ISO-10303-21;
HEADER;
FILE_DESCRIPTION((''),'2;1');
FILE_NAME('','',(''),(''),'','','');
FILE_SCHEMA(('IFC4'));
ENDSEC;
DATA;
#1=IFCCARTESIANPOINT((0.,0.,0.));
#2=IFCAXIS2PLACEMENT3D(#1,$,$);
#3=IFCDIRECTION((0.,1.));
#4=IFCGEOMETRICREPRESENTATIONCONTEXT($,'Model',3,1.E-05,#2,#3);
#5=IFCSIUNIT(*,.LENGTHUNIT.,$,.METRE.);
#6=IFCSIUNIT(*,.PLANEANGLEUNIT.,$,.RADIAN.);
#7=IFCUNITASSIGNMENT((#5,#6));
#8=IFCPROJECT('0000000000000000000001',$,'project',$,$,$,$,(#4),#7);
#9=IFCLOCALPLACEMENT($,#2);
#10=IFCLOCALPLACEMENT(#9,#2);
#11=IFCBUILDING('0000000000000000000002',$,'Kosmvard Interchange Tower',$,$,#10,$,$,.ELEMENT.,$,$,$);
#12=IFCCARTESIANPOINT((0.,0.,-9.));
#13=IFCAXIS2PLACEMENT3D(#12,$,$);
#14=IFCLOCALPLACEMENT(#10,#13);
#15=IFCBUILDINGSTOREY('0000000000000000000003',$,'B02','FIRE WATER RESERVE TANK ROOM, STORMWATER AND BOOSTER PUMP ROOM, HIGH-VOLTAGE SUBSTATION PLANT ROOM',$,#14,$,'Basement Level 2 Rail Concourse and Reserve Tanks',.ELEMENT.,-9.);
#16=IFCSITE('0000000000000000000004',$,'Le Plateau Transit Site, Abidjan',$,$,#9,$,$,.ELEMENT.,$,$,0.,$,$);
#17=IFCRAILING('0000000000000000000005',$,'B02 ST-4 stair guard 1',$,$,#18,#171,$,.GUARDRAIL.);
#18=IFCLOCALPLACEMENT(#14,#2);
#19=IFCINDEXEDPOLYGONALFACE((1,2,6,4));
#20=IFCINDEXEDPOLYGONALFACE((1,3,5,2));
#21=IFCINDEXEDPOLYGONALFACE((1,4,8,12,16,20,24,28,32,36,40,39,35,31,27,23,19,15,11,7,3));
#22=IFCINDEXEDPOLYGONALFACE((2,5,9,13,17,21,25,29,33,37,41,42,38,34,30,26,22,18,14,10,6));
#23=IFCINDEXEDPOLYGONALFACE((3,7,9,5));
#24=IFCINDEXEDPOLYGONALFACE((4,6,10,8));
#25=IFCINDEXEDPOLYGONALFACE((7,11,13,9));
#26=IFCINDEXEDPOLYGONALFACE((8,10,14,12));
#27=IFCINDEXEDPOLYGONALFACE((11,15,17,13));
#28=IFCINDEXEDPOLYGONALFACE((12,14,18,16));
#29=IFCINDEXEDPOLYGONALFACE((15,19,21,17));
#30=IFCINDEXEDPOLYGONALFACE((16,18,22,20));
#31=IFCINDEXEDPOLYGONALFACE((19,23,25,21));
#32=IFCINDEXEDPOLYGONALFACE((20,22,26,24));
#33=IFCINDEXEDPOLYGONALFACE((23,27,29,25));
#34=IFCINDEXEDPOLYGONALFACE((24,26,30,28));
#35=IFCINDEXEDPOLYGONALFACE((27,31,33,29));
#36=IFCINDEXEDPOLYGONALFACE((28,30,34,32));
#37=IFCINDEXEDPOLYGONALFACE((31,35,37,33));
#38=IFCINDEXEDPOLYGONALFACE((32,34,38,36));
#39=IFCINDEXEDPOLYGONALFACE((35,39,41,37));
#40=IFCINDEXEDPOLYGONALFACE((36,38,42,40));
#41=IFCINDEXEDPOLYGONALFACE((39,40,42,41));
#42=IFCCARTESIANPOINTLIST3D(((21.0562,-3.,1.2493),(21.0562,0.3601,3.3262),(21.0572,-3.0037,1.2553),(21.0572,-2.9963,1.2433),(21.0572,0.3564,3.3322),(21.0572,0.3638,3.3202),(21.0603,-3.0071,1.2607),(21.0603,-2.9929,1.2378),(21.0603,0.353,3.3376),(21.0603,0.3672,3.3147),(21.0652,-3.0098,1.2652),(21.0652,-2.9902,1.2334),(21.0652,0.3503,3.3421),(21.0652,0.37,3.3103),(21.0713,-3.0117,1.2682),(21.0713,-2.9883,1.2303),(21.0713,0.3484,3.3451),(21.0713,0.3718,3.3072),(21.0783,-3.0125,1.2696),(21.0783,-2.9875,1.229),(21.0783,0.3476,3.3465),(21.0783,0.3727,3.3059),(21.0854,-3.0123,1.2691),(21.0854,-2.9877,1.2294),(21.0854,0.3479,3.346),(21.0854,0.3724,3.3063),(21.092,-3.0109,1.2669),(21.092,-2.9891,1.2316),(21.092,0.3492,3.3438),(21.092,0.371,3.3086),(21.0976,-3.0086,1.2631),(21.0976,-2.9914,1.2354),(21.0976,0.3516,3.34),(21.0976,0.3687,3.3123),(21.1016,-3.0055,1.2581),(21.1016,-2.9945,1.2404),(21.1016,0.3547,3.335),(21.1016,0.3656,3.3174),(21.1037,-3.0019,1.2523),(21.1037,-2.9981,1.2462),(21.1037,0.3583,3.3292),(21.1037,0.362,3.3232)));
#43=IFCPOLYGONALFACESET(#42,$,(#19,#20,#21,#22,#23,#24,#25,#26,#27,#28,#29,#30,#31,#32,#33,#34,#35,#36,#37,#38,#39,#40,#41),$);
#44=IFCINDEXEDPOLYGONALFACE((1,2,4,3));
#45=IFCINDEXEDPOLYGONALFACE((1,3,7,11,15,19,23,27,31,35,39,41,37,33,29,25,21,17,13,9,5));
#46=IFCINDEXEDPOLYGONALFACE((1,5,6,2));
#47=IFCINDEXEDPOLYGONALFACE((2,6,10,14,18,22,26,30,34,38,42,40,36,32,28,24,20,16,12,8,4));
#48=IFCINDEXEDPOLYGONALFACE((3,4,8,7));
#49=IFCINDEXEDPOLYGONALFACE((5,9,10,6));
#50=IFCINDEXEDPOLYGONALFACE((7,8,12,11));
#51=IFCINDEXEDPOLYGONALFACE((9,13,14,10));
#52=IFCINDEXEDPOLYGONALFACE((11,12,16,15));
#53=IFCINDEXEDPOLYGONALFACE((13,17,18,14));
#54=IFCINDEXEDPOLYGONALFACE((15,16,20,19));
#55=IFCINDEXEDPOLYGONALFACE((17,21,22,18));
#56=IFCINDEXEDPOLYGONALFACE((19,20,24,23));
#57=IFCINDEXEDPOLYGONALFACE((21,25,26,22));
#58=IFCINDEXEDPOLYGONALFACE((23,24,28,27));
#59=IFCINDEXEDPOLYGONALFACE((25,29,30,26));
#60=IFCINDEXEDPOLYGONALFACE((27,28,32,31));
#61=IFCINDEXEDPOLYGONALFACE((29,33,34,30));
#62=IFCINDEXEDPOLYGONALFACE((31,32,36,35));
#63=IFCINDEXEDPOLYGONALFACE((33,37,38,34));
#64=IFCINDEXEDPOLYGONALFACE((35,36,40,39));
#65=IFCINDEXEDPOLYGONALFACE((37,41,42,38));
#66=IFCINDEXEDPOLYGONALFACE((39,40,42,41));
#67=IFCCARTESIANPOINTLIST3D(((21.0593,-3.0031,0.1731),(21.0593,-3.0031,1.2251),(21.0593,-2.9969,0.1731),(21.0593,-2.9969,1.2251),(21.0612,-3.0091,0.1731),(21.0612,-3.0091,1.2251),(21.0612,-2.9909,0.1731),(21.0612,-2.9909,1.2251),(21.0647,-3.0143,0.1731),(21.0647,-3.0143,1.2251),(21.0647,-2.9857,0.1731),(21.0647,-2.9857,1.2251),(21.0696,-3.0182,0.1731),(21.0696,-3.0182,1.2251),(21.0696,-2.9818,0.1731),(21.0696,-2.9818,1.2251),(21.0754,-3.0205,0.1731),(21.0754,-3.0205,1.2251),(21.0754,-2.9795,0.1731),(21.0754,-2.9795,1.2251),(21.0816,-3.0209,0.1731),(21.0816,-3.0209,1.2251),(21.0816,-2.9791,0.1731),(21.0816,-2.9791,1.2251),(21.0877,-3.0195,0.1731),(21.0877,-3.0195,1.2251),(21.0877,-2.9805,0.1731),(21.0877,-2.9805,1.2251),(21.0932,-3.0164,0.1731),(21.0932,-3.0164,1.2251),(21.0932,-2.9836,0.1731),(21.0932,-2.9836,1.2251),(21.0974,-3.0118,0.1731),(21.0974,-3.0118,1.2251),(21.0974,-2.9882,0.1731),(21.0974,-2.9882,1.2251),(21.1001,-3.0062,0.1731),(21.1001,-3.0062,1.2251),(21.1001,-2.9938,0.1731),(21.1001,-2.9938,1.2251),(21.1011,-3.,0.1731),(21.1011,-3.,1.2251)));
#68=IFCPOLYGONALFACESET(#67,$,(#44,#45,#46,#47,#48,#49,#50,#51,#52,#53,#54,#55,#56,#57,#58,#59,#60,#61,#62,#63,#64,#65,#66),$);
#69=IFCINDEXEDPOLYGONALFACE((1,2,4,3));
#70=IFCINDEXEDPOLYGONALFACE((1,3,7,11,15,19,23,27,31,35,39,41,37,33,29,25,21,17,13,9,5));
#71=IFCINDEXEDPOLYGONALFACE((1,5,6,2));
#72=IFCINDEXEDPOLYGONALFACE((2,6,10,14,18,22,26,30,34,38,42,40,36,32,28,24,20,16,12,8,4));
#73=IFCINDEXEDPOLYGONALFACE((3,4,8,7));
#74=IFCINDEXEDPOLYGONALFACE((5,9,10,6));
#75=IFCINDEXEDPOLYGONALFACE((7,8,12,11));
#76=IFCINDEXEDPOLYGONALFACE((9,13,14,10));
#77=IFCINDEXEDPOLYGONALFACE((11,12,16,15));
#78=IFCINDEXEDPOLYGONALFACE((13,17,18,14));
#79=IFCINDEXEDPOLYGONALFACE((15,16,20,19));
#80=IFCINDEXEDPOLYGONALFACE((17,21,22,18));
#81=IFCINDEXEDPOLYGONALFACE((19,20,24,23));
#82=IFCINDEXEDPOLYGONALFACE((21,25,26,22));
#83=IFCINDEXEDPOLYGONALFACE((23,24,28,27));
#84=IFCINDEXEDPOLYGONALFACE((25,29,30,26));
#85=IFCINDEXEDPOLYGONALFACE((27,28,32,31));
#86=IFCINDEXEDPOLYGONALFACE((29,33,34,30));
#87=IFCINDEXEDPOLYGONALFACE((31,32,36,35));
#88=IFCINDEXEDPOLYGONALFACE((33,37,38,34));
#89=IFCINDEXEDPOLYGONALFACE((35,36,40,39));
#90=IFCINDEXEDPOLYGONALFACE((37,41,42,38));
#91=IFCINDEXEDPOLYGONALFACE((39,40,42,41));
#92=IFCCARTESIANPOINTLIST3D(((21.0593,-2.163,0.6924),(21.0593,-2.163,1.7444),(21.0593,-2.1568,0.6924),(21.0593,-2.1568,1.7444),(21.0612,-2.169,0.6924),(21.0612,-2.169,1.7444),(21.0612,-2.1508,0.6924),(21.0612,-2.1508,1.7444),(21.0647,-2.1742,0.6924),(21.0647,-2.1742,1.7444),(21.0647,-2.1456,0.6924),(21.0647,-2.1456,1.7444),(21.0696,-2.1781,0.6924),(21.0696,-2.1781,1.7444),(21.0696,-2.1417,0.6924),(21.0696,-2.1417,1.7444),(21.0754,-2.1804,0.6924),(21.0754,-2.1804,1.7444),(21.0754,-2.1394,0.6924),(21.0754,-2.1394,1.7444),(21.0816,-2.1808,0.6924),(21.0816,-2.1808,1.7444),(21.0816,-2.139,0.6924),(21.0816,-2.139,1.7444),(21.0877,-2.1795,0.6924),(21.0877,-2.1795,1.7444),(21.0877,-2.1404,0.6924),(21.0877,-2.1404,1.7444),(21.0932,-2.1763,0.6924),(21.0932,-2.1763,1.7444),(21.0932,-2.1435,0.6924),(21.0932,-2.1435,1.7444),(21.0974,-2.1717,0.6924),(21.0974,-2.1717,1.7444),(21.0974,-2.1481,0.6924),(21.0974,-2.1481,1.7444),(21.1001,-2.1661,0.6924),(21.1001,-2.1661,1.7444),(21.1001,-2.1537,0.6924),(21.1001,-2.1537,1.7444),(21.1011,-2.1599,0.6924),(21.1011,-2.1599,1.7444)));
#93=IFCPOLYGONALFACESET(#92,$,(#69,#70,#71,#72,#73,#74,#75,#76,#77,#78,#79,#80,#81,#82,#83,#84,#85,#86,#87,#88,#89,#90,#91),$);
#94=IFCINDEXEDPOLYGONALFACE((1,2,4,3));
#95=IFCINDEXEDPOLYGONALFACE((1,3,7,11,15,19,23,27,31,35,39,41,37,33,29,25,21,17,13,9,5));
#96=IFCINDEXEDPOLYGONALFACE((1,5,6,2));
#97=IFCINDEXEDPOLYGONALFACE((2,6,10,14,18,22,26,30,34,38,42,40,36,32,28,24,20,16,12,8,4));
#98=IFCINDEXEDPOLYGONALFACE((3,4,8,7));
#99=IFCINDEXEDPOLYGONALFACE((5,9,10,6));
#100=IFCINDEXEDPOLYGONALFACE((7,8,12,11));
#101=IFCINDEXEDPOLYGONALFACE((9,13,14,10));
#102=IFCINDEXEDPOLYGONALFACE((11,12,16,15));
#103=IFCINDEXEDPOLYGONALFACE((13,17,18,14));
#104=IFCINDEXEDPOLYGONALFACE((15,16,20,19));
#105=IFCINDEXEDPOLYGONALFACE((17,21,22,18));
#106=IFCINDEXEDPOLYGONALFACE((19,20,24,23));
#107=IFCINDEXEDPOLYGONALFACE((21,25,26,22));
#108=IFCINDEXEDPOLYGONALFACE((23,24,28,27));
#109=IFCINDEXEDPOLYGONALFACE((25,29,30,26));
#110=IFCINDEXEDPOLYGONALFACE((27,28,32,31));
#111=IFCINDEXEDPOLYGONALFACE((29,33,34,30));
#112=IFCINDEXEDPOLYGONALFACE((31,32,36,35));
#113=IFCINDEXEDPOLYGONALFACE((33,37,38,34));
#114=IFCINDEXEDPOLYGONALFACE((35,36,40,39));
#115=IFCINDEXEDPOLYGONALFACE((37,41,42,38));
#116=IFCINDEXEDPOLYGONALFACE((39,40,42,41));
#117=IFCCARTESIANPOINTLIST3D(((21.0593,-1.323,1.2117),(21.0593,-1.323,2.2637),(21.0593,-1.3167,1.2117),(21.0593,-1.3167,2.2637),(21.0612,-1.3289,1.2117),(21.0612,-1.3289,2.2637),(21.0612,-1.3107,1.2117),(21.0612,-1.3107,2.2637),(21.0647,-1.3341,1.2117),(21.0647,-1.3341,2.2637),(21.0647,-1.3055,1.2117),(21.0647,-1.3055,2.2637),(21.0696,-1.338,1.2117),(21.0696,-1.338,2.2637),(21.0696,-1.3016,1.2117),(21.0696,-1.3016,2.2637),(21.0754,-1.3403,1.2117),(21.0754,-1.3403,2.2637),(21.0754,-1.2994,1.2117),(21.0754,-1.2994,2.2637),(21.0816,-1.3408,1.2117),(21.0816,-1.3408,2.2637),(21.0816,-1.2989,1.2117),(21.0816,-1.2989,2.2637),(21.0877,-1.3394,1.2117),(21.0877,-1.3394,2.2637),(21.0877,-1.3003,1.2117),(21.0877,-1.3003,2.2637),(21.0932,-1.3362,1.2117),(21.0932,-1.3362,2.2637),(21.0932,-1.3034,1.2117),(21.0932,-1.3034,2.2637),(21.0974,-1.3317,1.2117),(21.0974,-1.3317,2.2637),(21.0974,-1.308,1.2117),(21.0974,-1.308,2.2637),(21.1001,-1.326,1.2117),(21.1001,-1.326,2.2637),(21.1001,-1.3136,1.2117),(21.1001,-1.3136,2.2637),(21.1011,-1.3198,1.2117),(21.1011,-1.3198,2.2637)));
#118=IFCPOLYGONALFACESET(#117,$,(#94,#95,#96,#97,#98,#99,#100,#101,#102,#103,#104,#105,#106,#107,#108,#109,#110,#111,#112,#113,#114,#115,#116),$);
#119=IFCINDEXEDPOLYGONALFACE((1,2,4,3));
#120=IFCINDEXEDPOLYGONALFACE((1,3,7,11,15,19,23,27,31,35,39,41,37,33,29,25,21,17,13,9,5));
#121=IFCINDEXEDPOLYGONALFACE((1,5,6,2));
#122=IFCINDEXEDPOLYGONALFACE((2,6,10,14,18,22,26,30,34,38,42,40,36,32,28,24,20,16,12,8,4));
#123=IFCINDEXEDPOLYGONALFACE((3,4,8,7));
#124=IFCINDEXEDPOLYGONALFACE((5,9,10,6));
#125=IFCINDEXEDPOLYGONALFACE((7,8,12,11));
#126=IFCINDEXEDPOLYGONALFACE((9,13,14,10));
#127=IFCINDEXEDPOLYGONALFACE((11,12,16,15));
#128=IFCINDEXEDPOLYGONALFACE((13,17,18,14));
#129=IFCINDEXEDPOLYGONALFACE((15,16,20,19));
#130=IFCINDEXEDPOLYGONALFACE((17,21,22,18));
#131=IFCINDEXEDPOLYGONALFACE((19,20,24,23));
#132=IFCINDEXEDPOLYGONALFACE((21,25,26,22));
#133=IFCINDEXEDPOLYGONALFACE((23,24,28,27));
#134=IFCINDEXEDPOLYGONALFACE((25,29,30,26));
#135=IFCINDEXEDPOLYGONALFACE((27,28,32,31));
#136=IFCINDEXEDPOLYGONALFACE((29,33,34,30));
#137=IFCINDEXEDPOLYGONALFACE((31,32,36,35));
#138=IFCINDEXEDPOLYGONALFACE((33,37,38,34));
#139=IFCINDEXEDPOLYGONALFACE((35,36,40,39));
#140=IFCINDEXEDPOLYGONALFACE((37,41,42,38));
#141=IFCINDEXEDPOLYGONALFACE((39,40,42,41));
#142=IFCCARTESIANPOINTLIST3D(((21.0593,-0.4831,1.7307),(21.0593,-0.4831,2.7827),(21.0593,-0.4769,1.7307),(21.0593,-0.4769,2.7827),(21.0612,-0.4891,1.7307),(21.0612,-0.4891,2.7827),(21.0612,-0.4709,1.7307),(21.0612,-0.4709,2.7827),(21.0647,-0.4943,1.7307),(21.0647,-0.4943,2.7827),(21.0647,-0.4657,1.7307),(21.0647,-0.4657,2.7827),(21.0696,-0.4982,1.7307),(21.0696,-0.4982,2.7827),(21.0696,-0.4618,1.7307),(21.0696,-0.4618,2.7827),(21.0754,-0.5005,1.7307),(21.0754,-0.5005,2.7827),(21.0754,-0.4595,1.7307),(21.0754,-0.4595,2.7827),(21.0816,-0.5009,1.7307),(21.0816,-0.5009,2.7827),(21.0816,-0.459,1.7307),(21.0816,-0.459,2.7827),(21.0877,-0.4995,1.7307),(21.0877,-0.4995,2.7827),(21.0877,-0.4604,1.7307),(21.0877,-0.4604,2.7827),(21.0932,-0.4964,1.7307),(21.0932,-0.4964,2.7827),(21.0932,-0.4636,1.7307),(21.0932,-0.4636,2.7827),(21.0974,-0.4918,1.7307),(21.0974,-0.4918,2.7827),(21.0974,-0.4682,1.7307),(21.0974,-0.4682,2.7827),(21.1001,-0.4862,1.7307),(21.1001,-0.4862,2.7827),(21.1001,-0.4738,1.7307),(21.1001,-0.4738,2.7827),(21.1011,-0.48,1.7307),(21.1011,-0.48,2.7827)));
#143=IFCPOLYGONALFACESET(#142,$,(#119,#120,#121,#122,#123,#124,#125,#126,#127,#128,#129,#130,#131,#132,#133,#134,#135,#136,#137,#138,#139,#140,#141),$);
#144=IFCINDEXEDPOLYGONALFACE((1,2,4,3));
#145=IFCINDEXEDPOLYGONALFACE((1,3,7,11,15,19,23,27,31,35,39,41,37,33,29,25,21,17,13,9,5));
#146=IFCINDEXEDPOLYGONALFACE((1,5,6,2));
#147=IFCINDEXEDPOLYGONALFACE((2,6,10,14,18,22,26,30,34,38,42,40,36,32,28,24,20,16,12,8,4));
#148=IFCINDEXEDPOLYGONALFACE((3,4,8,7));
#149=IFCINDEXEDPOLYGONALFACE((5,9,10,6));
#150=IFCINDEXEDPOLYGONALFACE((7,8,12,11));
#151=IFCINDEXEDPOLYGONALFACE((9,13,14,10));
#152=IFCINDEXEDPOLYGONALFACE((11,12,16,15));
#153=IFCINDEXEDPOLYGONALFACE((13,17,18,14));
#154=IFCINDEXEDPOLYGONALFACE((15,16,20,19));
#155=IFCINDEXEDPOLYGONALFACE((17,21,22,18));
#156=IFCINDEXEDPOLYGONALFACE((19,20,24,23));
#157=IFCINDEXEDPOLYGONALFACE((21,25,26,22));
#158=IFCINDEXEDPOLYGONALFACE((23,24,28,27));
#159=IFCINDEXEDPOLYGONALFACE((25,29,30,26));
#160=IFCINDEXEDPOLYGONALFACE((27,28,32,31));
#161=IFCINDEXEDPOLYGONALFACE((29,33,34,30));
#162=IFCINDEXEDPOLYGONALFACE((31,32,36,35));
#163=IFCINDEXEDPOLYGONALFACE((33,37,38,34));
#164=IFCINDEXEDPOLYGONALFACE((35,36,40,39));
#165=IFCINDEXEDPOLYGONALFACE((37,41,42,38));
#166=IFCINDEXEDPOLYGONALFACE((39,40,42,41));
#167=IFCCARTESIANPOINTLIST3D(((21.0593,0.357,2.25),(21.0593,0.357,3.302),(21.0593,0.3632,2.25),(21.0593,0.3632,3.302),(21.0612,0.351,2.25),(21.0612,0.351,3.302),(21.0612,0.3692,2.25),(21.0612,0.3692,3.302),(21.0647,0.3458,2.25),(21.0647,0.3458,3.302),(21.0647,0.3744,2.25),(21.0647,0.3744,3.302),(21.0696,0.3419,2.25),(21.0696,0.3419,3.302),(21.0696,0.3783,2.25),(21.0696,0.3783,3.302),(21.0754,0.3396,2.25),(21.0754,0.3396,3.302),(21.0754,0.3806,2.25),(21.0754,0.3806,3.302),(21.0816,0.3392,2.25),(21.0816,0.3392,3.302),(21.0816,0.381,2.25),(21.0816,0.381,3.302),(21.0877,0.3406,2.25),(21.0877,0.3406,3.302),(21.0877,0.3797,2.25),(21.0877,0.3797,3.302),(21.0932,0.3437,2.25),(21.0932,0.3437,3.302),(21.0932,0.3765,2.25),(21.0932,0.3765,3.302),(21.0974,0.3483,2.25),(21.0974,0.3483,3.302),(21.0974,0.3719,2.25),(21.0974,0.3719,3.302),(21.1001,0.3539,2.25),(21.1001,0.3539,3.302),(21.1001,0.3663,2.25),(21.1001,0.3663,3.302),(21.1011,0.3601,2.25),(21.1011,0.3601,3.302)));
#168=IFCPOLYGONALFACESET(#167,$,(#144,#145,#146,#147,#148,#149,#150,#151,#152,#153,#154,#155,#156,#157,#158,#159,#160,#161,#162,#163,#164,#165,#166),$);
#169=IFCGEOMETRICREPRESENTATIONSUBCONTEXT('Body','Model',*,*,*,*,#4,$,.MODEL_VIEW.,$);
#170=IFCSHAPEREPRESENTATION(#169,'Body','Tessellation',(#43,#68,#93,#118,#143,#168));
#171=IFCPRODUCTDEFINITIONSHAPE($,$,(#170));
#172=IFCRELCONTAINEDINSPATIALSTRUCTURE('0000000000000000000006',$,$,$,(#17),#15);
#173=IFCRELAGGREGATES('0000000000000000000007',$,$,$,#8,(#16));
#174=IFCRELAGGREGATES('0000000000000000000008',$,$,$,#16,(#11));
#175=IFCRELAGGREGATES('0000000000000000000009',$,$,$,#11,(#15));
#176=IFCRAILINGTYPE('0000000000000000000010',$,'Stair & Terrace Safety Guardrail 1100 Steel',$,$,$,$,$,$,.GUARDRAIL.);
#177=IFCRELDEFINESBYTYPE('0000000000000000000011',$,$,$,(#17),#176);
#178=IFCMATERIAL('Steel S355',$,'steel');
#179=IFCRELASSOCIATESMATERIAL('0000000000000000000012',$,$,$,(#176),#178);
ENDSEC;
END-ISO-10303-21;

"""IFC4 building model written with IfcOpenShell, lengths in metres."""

from ifc_helpers import new_model, si_unit, direction, frame, origin, origin_2d, place, context, subcontext, project, spatial, circle, extrude, source, transform, mapped, material, type_object, element, save


model = new_model("IFC4")

# Units and contexts
model_context = context("Model", 3, precision=1e-05, world=origin(), true_north=direction((0.0, 1.0)))
body_context = subcontext(model_context, "Body", "Model", "MODEL_VIEW")
ifc_project = project(units=[si_unit("LENGTHUNIT", "METRE"), si_unit("PLANEANGLEUNIT", "RADIAN")], contexts=[model_context])

# Site, building, storey
site_placement = place(None, origin())
site = spatial("IfcSite", under=ifc_project, at=site_placement, Name="Le Plateau Transit Site, Abidjan", CompositionType="ELEMENT", RefElevation=0.0)
building_placement = place(site_placement, origin())
building = spatial("IfcBuilding", under=site, at=building_placement, Name="Kosmvard Interchange Tower", CompositionType="ELEMENT")
storey_placement = place(building_placement, frame((0.0, 0.0, -9.0)))
storey = spatial("IfcBuildingStorey", under=building, at=storey_placement, Name="B02", Description="FIRE WATER RESERVE TANK ROOM, STORMWATER AND BOOSTER PUMP ROOM, HIGH-VOLTAGE SUBSTATION PLANT ROOM", LongName="Basement Level 2 Rail Concourse and Reserve Tanks", CompositionType="ELEMENT", Elevation=-9.0)

# Railing
ifc_material_1 = material(Name="Steel S355", Category="steel")
railing_type_1 = type_object("IfcRailingType", Name="Stair & Terrace Safety Guardrail 1100 Steel", PredefinedType="GUARDRAIL", material=ifc_material_1)
shared_shape_1 = source(origin(), body_context, "Body", "SweptSolid", [
    extrude(circle(Radius=0.0239, at=origin_2d()), frame((0.0, 0.0, 1.0762), z_axis=(0.0, 0.850623, 0.525776), x_axis=(-1.0, 0.0, 0.0)), (0.0, 0.0, 1.0), 3.9502),
    extrude(circle(Radius=0.021, at=origin_2d()), origin(), (0.0, 0.0, 1.0), 1.052),
    extrude(circle(Radius=0.021, at=origin_2d()), frame((0.0, 0.8401, 0.5193)), (0.0, 0.0, 1.0), 1.052),
    extrude(circle(Radius=0.021, at=origin_2d()), frame((0.0, 1.6802, 1.0386)), (0.0, 0.0, 1.0), 1.052),
    extrude(circle(Radius=0.021, at=origin_2d()), frame((0.0, 2.52, 1.5576)), (0.0, 0.0, 1.0), 1.052),
    extrude(circle(Radius=0.021, at=origin_2d()), frame((0.0, 3.3601, 2.0769)), (0.0, 0.0, 1.0), 1.052),
])
railing_1_placement = place(storey_placement, frame((21.0801, -3.0, 0.1731)))
element("IfcRailing", 1, at=railing_1_placement, inside=storey, type_object=railing_type_1, Name="B02 ST-4 stair guard 1", PredefinedType="GUARDRAIL", context=body_context, shape_type="MappedRepresentation", body=[
    mapped(shared_shape_1, transform((0.0, 0.0, 0.0), scale=1.0)),
])

save(model, "model.ifc")
